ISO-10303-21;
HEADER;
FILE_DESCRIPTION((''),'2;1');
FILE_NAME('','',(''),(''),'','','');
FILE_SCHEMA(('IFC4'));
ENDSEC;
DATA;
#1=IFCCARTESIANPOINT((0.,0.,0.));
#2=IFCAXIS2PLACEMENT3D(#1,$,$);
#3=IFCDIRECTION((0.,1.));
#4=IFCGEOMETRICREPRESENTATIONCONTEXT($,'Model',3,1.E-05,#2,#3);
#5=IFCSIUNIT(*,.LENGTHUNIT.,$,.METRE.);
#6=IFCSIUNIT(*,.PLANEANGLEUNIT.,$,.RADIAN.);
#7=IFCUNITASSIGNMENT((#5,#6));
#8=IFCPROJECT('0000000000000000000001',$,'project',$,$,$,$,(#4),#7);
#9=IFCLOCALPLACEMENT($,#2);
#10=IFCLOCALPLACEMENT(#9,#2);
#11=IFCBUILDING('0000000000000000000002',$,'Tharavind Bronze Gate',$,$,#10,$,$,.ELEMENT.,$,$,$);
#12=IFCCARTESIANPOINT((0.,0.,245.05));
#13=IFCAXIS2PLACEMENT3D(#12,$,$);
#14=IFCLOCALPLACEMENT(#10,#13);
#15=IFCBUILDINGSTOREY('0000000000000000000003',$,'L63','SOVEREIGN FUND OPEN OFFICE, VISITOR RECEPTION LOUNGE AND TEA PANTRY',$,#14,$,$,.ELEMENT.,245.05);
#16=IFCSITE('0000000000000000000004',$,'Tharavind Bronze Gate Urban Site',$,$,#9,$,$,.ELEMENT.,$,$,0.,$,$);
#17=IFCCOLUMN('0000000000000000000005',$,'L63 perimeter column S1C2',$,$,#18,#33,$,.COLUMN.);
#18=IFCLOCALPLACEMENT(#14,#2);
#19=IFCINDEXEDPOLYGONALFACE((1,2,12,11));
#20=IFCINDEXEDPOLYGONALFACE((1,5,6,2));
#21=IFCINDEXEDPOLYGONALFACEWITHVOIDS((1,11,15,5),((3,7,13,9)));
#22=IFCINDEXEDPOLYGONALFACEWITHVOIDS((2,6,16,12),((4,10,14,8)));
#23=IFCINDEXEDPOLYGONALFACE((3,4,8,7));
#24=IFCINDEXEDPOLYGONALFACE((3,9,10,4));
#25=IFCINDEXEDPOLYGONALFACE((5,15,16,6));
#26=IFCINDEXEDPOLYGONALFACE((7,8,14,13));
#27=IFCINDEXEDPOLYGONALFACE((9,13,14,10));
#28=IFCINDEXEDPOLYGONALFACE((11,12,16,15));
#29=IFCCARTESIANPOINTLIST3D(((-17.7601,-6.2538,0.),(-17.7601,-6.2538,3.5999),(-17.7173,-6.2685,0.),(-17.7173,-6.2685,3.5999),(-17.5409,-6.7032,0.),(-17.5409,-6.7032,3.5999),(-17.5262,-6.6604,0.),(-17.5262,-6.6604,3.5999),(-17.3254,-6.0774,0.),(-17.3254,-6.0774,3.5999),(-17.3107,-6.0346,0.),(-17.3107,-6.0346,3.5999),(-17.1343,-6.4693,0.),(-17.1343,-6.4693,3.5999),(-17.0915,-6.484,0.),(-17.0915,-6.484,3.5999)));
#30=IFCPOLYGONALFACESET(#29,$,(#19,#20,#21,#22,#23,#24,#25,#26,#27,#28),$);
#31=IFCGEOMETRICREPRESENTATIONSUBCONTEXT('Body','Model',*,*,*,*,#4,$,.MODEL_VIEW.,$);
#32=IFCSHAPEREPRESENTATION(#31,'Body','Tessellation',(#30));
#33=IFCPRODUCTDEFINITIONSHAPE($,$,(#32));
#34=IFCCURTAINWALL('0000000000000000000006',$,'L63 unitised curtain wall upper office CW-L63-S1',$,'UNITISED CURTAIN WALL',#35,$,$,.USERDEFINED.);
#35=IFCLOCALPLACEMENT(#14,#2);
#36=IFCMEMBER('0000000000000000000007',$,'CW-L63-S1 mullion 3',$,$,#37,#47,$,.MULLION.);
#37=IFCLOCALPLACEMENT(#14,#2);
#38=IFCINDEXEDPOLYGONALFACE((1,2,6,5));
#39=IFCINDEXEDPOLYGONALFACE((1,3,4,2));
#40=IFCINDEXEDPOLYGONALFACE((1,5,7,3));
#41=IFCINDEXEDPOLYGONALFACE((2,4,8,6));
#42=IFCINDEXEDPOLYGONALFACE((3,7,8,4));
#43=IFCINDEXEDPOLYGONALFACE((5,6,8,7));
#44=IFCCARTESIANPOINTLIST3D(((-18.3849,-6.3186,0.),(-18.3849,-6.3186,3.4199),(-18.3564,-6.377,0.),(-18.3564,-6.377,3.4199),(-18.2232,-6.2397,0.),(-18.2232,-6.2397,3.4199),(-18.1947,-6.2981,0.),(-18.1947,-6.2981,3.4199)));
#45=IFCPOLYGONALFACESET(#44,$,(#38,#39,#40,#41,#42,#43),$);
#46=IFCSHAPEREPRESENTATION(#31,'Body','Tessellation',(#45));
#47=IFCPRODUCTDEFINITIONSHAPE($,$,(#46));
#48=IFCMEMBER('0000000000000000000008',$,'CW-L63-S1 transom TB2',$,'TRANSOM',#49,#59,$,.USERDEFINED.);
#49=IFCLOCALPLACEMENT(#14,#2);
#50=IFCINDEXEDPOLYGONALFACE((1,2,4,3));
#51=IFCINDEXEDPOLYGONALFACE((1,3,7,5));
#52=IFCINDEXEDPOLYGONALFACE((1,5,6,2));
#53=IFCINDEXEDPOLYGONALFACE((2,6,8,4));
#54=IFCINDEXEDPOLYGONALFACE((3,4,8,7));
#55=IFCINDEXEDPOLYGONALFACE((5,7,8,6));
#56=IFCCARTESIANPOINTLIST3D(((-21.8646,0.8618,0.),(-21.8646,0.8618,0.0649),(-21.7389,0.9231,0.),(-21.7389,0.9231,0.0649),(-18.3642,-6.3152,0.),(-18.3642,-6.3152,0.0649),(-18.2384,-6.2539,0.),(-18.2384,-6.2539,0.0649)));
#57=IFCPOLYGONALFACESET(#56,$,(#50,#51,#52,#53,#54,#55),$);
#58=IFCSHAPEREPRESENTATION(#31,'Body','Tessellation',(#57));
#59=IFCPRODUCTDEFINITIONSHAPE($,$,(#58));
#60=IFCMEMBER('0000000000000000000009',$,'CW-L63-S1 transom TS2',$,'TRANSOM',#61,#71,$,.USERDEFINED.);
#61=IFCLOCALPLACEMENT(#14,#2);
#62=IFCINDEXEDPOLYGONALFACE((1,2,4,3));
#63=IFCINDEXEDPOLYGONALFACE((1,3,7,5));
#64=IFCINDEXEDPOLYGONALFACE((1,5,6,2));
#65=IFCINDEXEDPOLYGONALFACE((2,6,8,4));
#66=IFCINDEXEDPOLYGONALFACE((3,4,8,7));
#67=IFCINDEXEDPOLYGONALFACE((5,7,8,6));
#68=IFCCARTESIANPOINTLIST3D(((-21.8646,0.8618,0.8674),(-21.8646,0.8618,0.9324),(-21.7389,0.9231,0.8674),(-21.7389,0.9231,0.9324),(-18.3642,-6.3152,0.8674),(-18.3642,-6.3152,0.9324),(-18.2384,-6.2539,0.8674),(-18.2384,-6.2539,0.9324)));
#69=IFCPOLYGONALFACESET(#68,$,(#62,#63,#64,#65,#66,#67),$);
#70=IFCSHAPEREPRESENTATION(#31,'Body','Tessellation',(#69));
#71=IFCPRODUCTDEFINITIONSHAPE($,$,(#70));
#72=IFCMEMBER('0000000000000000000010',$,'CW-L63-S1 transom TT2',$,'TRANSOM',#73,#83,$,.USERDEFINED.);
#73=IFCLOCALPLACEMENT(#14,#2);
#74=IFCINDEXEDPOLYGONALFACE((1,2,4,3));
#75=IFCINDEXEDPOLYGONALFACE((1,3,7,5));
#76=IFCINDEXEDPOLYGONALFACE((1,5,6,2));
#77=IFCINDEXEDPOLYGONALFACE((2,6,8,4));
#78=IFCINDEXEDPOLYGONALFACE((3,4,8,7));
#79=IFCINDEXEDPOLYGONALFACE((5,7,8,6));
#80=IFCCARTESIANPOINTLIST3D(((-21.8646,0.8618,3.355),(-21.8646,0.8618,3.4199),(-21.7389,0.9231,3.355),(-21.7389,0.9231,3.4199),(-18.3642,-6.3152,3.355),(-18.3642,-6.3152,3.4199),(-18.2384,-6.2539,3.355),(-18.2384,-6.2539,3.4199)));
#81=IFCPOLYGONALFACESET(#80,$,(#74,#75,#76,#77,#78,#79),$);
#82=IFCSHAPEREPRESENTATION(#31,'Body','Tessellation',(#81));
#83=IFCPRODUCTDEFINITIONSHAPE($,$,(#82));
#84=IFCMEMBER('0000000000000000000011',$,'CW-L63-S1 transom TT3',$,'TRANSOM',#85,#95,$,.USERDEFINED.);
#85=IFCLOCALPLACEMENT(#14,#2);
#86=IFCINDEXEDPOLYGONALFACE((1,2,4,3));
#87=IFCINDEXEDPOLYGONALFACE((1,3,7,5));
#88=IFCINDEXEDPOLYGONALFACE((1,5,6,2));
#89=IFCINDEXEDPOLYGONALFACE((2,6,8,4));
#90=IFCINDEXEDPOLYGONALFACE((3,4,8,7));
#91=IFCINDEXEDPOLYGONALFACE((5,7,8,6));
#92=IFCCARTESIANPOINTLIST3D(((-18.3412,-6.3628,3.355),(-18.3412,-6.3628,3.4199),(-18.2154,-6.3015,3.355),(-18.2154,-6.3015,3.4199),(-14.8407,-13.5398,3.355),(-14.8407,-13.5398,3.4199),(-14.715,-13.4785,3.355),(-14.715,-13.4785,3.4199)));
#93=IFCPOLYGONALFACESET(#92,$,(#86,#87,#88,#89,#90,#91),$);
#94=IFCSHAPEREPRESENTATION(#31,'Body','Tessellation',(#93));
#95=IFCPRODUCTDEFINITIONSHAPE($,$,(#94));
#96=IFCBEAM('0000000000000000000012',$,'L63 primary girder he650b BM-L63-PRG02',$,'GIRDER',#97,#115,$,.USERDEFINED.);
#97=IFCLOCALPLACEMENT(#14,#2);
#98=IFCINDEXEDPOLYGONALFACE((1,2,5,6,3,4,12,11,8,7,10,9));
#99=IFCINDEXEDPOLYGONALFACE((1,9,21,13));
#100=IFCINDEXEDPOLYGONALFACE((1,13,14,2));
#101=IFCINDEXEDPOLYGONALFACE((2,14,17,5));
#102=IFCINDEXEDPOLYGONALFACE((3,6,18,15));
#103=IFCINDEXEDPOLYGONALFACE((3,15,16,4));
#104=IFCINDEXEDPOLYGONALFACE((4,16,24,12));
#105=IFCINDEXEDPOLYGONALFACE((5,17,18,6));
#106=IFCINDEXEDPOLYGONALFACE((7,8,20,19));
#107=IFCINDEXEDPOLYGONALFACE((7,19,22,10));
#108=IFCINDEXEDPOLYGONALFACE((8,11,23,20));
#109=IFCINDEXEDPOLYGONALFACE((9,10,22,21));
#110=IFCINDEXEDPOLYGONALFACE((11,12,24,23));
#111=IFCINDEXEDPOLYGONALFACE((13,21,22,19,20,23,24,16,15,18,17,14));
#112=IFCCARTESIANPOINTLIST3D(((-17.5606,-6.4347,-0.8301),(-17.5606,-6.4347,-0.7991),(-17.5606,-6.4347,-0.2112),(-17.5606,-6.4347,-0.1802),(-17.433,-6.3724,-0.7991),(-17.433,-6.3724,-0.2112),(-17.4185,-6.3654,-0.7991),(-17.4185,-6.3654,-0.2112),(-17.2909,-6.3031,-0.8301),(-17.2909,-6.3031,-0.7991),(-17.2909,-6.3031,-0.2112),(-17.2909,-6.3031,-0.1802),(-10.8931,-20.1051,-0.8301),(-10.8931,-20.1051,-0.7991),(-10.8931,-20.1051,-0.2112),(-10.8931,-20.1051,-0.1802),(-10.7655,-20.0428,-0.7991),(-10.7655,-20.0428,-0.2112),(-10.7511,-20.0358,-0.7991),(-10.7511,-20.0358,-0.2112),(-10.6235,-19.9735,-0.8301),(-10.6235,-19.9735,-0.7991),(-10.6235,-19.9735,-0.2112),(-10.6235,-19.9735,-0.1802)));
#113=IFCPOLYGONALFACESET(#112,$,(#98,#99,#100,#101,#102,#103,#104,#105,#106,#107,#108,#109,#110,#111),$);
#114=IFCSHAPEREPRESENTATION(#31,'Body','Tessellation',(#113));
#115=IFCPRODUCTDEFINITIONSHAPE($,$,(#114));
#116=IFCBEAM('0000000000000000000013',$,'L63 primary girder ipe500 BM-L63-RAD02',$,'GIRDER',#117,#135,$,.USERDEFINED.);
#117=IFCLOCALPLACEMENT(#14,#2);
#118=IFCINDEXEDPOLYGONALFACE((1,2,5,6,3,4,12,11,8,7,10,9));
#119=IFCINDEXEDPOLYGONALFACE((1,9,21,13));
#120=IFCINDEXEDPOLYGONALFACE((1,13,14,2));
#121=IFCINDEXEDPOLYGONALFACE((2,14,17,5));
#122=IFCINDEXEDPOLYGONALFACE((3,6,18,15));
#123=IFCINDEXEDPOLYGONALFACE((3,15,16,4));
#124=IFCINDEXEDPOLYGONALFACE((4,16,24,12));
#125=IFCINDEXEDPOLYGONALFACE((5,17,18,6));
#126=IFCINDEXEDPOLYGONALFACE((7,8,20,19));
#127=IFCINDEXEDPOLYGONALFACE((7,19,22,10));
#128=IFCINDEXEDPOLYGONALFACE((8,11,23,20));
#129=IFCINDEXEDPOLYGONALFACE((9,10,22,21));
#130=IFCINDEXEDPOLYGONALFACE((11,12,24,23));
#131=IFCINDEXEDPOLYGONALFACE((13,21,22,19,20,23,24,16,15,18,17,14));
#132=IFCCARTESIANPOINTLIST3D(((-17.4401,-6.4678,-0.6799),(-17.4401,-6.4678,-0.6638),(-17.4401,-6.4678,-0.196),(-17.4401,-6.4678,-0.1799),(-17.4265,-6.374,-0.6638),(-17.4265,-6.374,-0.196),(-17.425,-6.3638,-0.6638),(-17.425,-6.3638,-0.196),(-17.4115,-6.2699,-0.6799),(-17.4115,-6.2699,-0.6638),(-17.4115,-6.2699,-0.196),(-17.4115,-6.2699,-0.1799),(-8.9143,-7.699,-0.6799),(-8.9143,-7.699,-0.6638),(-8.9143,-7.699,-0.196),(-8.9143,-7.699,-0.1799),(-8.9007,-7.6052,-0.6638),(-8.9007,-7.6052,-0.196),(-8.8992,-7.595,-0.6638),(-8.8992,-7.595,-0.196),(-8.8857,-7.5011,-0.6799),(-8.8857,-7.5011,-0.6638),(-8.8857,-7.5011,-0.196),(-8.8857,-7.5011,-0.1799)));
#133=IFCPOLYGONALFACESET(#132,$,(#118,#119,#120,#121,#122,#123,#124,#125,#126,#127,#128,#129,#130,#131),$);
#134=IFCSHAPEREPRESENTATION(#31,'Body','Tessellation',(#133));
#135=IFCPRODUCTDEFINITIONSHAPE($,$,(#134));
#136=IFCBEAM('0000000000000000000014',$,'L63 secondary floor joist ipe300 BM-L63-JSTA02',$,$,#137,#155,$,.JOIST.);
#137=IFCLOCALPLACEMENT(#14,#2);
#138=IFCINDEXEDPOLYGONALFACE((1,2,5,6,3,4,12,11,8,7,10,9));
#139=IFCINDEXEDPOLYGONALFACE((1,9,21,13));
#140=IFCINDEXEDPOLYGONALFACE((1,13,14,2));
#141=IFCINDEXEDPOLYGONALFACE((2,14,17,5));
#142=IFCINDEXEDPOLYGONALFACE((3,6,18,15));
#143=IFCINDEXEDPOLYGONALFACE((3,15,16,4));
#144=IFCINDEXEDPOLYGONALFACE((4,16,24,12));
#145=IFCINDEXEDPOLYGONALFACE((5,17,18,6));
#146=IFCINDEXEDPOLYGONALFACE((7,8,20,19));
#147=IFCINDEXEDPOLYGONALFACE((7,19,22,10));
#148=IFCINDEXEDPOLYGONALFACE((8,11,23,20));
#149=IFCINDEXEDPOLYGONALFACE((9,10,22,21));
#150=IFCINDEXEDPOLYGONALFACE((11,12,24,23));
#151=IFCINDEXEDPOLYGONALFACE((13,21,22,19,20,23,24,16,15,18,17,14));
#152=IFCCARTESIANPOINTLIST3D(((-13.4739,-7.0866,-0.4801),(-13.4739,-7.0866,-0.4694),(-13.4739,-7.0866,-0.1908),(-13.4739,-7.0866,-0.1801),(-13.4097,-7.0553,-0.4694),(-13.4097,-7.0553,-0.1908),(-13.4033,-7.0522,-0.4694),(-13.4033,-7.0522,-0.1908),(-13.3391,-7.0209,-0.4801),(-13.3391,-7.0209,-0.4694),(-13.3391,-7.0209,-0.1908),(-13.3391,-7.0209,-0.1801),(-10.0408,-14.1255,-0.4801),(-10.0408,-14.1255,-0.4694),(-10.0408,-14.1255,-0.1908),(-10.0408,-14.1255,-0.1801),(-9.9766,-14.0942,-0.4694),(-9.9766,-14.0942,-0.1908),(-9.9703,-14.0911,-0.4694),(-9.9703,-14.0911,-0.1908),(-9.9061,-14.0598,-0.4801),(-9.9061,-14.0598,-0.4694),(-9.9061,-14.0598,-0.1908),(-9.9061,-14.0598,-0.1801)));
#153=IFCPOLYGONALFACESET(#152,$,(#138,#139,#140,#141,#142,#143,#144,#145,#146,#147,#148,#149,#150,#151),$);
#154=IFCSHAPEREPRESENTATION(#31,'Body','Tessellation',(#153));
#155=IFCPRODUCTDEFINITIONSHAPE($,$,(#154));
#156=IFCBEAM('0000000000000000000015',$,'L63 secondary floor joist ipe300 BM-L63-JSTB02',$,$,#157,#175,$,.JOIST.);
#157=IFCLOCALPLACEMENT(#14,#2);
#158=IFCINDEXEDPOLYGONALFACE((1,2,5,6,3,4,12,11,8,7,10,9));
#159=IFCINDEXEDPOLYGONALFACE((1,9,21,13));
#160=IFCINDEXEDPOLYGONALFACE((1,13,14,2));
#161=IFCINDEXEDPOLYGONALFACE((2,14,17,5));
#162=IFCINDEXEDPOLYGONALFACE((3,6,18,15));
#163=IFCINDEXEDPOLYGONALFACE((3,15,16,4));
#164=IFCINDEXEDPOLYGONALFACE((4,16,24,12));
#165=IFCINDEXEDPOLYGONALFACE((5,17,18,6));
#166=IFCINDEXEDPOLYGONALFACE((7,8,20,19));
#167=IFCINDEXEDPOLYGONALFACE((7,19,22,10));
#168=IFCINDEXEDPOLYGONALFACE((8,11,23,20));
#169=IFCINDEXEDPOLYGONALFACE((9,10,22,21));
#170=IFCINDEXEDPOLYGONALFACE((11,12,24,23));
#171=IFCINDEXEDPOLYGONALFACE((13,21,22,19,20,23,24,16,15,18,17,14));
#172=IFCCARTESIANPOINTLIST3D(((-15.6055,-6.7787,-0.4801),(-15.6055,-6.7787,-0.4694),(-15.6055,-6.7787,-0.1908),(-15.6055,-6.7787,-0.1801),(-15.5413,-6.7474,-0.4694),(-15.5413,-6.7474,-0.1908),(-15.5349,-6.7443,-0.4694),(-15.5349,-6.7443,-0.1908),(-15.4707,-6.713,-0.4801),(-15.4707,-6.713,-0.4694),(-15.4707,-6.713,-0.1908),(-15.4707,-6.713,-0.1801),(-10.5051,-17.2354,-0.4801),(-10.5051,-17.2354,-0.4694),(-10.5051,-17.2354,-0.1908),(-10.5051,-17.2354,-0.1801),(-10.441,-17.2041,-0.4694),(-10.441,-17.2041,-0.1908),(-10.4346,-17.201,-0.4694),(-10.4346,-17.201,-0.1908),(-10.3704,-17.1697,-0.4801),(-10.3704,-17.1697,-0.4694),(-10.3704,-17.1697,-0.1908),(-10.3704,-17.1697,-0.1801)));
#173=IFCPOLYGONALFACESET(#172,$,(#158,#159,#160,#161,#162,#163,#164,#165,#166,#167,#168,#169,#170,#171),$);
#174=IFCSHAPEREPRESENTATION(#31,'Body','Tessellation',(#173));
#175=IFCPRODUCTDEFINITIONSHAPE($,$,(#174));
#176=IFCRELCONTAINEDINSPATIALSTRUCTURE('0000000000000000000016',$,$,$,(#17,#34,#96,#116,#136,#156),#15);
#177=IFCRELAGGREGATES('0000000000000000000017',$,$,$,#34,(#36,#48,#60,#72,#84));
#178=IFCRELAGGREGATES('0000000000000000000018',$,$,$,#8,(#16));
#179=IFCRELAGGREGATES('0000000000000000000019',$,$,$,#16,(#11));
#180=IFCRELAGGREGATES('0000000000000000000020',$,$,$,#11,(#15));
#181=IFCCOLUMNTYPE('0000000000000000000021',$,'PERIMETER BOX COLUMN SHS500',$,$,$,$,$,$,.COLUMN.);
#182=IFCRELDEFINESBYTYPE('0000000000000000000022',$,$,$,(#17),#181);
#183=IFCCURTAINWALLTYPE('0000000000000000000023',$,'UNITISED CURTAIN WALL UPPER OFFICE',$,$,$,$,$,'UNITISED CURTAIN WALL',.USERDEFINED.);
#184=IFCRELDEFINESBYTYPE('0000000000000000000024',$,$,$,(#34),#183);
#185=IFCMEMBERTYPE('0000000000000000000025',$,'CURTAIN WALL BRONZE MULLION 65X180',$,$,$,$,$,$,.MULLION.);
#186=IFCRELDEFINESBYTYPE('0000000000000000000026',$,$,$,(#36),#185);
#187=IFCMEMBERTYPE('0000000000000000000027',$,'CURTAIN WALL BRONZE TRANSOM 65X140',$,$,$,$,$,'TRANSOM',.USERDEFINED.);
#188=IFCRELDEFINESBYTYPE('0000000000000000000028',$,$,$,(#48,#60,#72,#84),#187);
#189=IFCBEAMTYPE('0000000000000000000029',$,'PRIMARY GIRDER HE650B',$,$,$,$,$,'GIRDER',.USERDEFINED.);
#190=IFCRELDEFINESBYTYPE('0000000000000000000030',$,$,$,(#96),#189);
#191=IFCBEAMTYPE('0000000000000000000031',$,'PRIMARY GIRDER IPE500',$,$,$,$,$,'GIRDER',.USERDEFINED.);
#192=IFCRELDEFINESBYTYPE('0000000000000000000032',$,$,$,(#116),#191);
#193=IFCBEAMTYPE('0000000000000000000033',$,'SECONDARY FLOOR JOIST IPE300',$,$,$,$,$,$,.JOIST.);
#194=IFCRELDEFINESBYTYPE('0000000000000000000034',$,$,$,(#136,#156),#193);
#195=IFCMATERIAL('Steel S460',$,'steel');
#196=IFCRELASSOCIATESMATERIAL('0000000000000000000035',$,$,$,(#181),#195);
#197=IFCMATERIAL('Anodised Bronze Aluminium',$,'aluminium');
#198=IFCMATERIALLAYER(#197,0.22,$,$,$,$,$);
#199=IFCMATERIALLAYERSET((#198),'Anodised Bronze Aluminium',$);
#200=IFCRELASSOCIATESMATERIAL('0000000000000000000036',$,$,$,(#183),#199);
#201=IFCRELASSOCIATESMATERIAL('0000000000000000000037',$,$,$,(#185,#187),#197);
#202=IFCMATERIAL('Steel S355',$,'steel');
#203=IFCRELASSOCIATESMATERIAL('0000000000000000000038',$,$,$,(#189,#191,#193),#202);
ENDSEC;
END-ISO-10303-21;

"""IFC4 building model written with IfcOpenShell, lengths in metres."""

from ifc_helpers import new_model, si_unit, direction, frame, origin, origin_2d, place, context, subcontext, project, spatial, rectangle, hollow_rectangle, i_section, extrude, material, layer, layer_set, material_profile, profile_set, type_object, element, aggregate, save


model = new_model("IFC4")

# Units and contexts
model_context = context("Model", 3, precision=1e-05, world=origin(), true_north=direction((0.0, 1.0)))
body_context = subcontext(model_context, "Body", "Model", "MODEL_VIEW")
ifc_project = project(units=[si_unit("LENGTHUNIT", "METRE"), si_unit("PLANEANGLEUNIT", "RADIAN")], contexts=[model_context])

# Site, building, storey
site_placement = place(None, origin())
site = spatial("IfcSite", under=ifc_project, at=site_placement, Name="Tharavind Bronze Gate Urban Site", CompositionType="ELEMENT", RefElevation=0.0)
building_placement = place(site_placement, origin())
building = spatial("IfcBuilding", under=site, at=building_placement, Name="Tharavind Bronze Gate", CompositionType="ELEMENT")
storey_placement = place(building_placement, frame((0.0, 0.0, 245.05)))
storey = spatial("IfcBuildingStorey", under=building, at=storey_placement, Name="L63", Description="SOVEREIGN FUND OPEN OFFICE, VISITOR RECEPTION LOUNGE AND TEA PANTRY", CompositionType="ELEMENT", Elevation=245.05)

# Column
ifc_material_1 = material(Name="Steel S460", Category="steel")
ifc_material_profile_1 = material_profile(ifc_material_1, hollow_rectangle(XDim=0.5, YDim=0.5, WallThickness=0.032, at=origin_2d()), Name="SHS500X32")
ifc_profile_set_1 = profile_set([ifc_material_profile_1], Name="Steel S460")
column_type = type_object("IfcColumnType", Name="PERIMETER BOX COLUMN SHS500", PredefinedType="COLUMN", material=ifc_profile_set_1)
column_placement = place(storey_placement, frame((-17.4258, -6.3689, 0.0), z_axis=(0.0, 0.0, 1.0), x_axis=(-0.438371, 0.898794, 0.0)))
element("IfcColumn", 1, at=column_placement, inside=storey, type_object=column_type, Name="L63 perimeter column S1C2", PredefinedType="COLUMN", context=body_context, shape_type="SweptSolid", body=[
    extrude(hollow_rectangle(XDim=0.5, YDim=0.5, WallThickness=0.032, at=origin_2d()), origin(), (0.0, 0.0, 1.0), 3.5999),
])

# Curtain wall, members
ifc_material_2 = material(Name="Anodised Bronze Aluminium", Category="aluminium")
ifc_layer_1 = layer(ifc_material_2, 0.22)
ifc_layer_set_1 = layer_set([ifc_layer_1], Name="Anodised Bronze Aluminium")
curtain_wall_type = type_object("IfcCurtainWallType", Name="UNITISED CURTAIN WALL UPPER OFFICE", ElementType="UNITISED CURTAIN WALL", PredefinedType="USERDEFINED", material=ifc_layer_set_1)
curtain_wall_placement = place(storey_placement, origin())
curtain_wall = element("IfcCurtainWall", 2, at=curtain_wall_placement, inside=storey, type_object=curtain_wall_type, Name="L63 unitised curtain wall upper office CW-L63-S1", ObjectType="UNITISED CURTAIN WALL", PredefinedType="USERDEFINED")
member_type_1 = type_object("IfcMemberType", Name="CURTAIN WALL BRONZE MULLION 65X180", PredefinedType="MULLION", material=ifc_material_2)
member_1_placement = place(storey_placement, frame((-18.2898, -6.3083, 0.0), z_axis=(0.0, 0.0, 1.0), x_axis=(0.438371, -0.898794, 0.0)))
member_1 = element("IfcMember", 3, at=member_1_placement, type_object=member_type_1, Name="CW-L63-S1 mullion 3", PredefinedType="MULLION", context=body_context, shape_type="SweptSolid", body=[
    extrude(rectangle(XDim=0.0649, YDim=0.1799, at=origin_2d()), origin(), (0.0, 0.0, 1.0), 3.4199),
])
member_type_2 = type_object("IfcMemberType", Name="CURTAIN WALL BRONZE TRANSOM 65X140", ElementType="TRANSOM", PredefinedType="USERDEFINED", material=ifc_material_2)
member_2_placement = place(storey_placement, frame((-20.0515, -2.696, 0.0), z_axis=(0.0, 0.0, 1.0), x_axis=(0.438371, -0.898794, 0.0)))
member_2 = element("IfcMember", 4, at=member_2_placement, type_object=member_type_2, Name="CW-L63-S1 transom TB2", ObjectType="TRANSOM", PredefinedType="USERDEFINED", context=body_context, shape_type="SweptSolid", body=[
    extrude(rectangle(XDim=7.9851, YDim=0.1399, at=origin_2d()), origin(), (0.0, 0.0, 1.0), 0.0649),
])
member_3_placement = place(storey_placement, frame((-20.0515, -2.696, 0.8674), z_axis=(0.0, 0.0, 1.0), x_axis=(0.438371, -0.898794, 0.0)))
member_3 = element("IfcMember", 5, at=member_3_placement, type_object=member_type_2, Name="CW-L63-S1 transom TS2", ObjectType="TRANSOM", PredefinedType="USERDEFINED", context=body_context, shape_type="SweptSolid", body=[
    extrude(rectangle(XDim=7.9851, YDim=0.1399, at=origin_2d()), origin(), (0.0, 0.0, 1.0), 0.0649),
])
member_4_placement = place(storey_placement, frame((-20.0515, -2.696, 3.355), z_axis=(0.0, 0.0, 1.0), x_axis=(0.438371, -0.898794, 0.0)))
member_4 = element("IfcMember", 6, at=member_4_placement, type_object=member_type_2, Name="CW-L63-S1 transom TT2", ObjectType="TRANSOM", PredefinedType="USERDEFINED", context=body_context, shape_type="SweptSolid", body=[
    extrude(rectangle(XDim=7.9851, YDim=0.1399, at=origin_2d()), origin(), (0.0, 0.0, 1.0), 0.0649),
])
member_5_placement = place(storey_placement, frame((-16.5281, -9.9207, 3.355), z_axis=(0.0, 0.0, 1.0), x_axis=(0.438371, -0.898794, 0.0)))
member_5 = element("IfcMember", 7, at=member_5_placement, type_object=member_type_2, Name="CW-L63-S1 transom TT3", ObjectType="TRANSOM", PredefinedType="USERDEFINED", context=body_context, shape_type="SweptSolid", body=[
    extrude(rectangle(XDim=7.9851, YDim=0.1399, at=origin_2d()), origin(), (0.0, 0.0, 1.0), 0.0649),
])

# Beams
ifc_material_3 = material(Name="Steel S355", Category="steel")
ifc_material_profile_2 = material_profile(ifc_material_3, i_section(OverallWidth=0.3, OverallDepth=0.6499, WebThickness=0.0161, FlangeThickness=0.031, at=origin_2d()), Name="HE650B")
ifc_profile_set_2 = profile_set([ifc_material_profile_2], Name="Steel S355")
beam_type_1 = type_object("IfcBeamType", Name="PRIMARY GIRDER HE650B", ElementType="GIRDER", PredefinedType="USERDEFINED", material=ifc_profile_set_2)
beam_1_placement = place(storey_placement, frame((-17.4258, -6.3689, -0.5051), z_axis=(0.43837, -0.898795, 0.0), x_axis=(0.898795, 0.43837, 0.0)))
element("IfcBeam", 8, at=beam_1_placement, inside=storey, type_object=beam_type_1, Name="L63 primary girder he650b BM-L63-PRG02", ObjectType="GIRDER", PredefinedType="USERDEFINED", context=body_context, shape_type="SweptSolid", body=[
    extrude(i_section(OverallWidth=0.3, OverallDepth=0.6499, WebThickness=0.0161, FlangeThickness=0.031, at=origin_2d()), origin(), (0.0, 0.0, 1.0), 15.2097),
])
ifc_material_profile_3 = material_profile(ifc_material_3, i_section(OverallWidth=0.2, OverallDepth=0.5, WebThickness=0.0103, FlangeThickness=0.0161, at=origin_2d()), Name="IPE500")
ifc_profile_set_3 = profile_set([ifc_material_profile_3], Name="Steel S355")
beam_type_2 = type_object("IfcBeamType", Name="PRIMARY GIRDER IPE500", ElementType="GIRDER", PredefinedType="USERDEFINED", material=ifc_profile_set_3)
beam_2_placement = place(storey_placement, frame((-17.4258, -6.3689, -0.4299), z_axis=(0.989734, -0.142925, 0.0), x_axis=(0.142925, 0.989734, 0.0)))
element("IfcBeam", 9, at=beam_2_placement, inside=storey, type_object=beam_type_2, Name="L63 primary girder ipe500 BM-L63-RAD02", ObjectType="GIRDER", PredefinedType="USERDEFINED", context=body_context, shape_type="SweptSolid", body=[
    extrude(i_section(OverallWidth=0.2, OverallDepth=0.5, WebThickness=0.0103, FlangeThickness=0.0161, at=origin_2d()), origin(), (0.0, 0.0, 1.0), 8.6143),
])
ifc_material_profile_4 = material_profile(ifc_material_3, i_section(OverallWidth=0.1499, OverallDepth=0.3, WebThickness=0.0071, FlangeThickness=0.0107, at=origin_2d()), Name="IPE300")
ifc_profile_set_4 = profile_set([ifc_material_profile_4], Name="Steel S355")
beam_type_3 = type_object("IfcBeamType", Name="SECONDARY FLOOR JOIST IPE300", PredefinedType="JOIST", material=ifc_profile_set_4)
beam_3_placement = place(storey_placement, frame((-13.4065, -7.0537, -0.3301), z_axis=(0.438363, -0.898798, 0.0), x_axis=(0.898798, 0.438363, 0.0)))
element("IfcBeam", 10, at=beam_3_placement, inside=storey, type_object=beam_type_3, Name="L63 secondary floor joist ipe300 BM-L63-JSTA02", PredefinedType="JOIST", context=body_context, shape_type="SweptSolid", body=[
    extrude(i_section(OverallWidth=0.1499, OverallDepth=0.3, WebThickness=0.0071, FlangeThickness=0.0107, at=origin_2d()), origin(), (0.0, 0.0, 1.0), 7.8315),
])
beam_4_placement = place(storey_placement, frame((-15.5381, -6.7458, -0.3301), z_axis=(0.438387, -0.898786, 0.0), x_axis=(0.898786, 0.438387, 0.0)))
element("IfcBeam", 11, at=beam_4_placement, inside=storey, type_object=beam_type_3, Name="L63 secondary floor joist ipe300 BM-L63-JSTB02", PredefinedType="JOIST", context=body_context, shape_type="SweptSolid", body=[
    extrude(i_section(OverallWidth=0.1499, OverallDepth=0.3, WebThickness=0.0071, FlangeThickness=0.0107, at=origin_2d()), origin(), (0.0, 0.0, 1.0), 11.6343),
])

aggregate(curtain_wall, [member_1, member_2, member_3, member_4, member_5])

save(model, "model.ifc")
